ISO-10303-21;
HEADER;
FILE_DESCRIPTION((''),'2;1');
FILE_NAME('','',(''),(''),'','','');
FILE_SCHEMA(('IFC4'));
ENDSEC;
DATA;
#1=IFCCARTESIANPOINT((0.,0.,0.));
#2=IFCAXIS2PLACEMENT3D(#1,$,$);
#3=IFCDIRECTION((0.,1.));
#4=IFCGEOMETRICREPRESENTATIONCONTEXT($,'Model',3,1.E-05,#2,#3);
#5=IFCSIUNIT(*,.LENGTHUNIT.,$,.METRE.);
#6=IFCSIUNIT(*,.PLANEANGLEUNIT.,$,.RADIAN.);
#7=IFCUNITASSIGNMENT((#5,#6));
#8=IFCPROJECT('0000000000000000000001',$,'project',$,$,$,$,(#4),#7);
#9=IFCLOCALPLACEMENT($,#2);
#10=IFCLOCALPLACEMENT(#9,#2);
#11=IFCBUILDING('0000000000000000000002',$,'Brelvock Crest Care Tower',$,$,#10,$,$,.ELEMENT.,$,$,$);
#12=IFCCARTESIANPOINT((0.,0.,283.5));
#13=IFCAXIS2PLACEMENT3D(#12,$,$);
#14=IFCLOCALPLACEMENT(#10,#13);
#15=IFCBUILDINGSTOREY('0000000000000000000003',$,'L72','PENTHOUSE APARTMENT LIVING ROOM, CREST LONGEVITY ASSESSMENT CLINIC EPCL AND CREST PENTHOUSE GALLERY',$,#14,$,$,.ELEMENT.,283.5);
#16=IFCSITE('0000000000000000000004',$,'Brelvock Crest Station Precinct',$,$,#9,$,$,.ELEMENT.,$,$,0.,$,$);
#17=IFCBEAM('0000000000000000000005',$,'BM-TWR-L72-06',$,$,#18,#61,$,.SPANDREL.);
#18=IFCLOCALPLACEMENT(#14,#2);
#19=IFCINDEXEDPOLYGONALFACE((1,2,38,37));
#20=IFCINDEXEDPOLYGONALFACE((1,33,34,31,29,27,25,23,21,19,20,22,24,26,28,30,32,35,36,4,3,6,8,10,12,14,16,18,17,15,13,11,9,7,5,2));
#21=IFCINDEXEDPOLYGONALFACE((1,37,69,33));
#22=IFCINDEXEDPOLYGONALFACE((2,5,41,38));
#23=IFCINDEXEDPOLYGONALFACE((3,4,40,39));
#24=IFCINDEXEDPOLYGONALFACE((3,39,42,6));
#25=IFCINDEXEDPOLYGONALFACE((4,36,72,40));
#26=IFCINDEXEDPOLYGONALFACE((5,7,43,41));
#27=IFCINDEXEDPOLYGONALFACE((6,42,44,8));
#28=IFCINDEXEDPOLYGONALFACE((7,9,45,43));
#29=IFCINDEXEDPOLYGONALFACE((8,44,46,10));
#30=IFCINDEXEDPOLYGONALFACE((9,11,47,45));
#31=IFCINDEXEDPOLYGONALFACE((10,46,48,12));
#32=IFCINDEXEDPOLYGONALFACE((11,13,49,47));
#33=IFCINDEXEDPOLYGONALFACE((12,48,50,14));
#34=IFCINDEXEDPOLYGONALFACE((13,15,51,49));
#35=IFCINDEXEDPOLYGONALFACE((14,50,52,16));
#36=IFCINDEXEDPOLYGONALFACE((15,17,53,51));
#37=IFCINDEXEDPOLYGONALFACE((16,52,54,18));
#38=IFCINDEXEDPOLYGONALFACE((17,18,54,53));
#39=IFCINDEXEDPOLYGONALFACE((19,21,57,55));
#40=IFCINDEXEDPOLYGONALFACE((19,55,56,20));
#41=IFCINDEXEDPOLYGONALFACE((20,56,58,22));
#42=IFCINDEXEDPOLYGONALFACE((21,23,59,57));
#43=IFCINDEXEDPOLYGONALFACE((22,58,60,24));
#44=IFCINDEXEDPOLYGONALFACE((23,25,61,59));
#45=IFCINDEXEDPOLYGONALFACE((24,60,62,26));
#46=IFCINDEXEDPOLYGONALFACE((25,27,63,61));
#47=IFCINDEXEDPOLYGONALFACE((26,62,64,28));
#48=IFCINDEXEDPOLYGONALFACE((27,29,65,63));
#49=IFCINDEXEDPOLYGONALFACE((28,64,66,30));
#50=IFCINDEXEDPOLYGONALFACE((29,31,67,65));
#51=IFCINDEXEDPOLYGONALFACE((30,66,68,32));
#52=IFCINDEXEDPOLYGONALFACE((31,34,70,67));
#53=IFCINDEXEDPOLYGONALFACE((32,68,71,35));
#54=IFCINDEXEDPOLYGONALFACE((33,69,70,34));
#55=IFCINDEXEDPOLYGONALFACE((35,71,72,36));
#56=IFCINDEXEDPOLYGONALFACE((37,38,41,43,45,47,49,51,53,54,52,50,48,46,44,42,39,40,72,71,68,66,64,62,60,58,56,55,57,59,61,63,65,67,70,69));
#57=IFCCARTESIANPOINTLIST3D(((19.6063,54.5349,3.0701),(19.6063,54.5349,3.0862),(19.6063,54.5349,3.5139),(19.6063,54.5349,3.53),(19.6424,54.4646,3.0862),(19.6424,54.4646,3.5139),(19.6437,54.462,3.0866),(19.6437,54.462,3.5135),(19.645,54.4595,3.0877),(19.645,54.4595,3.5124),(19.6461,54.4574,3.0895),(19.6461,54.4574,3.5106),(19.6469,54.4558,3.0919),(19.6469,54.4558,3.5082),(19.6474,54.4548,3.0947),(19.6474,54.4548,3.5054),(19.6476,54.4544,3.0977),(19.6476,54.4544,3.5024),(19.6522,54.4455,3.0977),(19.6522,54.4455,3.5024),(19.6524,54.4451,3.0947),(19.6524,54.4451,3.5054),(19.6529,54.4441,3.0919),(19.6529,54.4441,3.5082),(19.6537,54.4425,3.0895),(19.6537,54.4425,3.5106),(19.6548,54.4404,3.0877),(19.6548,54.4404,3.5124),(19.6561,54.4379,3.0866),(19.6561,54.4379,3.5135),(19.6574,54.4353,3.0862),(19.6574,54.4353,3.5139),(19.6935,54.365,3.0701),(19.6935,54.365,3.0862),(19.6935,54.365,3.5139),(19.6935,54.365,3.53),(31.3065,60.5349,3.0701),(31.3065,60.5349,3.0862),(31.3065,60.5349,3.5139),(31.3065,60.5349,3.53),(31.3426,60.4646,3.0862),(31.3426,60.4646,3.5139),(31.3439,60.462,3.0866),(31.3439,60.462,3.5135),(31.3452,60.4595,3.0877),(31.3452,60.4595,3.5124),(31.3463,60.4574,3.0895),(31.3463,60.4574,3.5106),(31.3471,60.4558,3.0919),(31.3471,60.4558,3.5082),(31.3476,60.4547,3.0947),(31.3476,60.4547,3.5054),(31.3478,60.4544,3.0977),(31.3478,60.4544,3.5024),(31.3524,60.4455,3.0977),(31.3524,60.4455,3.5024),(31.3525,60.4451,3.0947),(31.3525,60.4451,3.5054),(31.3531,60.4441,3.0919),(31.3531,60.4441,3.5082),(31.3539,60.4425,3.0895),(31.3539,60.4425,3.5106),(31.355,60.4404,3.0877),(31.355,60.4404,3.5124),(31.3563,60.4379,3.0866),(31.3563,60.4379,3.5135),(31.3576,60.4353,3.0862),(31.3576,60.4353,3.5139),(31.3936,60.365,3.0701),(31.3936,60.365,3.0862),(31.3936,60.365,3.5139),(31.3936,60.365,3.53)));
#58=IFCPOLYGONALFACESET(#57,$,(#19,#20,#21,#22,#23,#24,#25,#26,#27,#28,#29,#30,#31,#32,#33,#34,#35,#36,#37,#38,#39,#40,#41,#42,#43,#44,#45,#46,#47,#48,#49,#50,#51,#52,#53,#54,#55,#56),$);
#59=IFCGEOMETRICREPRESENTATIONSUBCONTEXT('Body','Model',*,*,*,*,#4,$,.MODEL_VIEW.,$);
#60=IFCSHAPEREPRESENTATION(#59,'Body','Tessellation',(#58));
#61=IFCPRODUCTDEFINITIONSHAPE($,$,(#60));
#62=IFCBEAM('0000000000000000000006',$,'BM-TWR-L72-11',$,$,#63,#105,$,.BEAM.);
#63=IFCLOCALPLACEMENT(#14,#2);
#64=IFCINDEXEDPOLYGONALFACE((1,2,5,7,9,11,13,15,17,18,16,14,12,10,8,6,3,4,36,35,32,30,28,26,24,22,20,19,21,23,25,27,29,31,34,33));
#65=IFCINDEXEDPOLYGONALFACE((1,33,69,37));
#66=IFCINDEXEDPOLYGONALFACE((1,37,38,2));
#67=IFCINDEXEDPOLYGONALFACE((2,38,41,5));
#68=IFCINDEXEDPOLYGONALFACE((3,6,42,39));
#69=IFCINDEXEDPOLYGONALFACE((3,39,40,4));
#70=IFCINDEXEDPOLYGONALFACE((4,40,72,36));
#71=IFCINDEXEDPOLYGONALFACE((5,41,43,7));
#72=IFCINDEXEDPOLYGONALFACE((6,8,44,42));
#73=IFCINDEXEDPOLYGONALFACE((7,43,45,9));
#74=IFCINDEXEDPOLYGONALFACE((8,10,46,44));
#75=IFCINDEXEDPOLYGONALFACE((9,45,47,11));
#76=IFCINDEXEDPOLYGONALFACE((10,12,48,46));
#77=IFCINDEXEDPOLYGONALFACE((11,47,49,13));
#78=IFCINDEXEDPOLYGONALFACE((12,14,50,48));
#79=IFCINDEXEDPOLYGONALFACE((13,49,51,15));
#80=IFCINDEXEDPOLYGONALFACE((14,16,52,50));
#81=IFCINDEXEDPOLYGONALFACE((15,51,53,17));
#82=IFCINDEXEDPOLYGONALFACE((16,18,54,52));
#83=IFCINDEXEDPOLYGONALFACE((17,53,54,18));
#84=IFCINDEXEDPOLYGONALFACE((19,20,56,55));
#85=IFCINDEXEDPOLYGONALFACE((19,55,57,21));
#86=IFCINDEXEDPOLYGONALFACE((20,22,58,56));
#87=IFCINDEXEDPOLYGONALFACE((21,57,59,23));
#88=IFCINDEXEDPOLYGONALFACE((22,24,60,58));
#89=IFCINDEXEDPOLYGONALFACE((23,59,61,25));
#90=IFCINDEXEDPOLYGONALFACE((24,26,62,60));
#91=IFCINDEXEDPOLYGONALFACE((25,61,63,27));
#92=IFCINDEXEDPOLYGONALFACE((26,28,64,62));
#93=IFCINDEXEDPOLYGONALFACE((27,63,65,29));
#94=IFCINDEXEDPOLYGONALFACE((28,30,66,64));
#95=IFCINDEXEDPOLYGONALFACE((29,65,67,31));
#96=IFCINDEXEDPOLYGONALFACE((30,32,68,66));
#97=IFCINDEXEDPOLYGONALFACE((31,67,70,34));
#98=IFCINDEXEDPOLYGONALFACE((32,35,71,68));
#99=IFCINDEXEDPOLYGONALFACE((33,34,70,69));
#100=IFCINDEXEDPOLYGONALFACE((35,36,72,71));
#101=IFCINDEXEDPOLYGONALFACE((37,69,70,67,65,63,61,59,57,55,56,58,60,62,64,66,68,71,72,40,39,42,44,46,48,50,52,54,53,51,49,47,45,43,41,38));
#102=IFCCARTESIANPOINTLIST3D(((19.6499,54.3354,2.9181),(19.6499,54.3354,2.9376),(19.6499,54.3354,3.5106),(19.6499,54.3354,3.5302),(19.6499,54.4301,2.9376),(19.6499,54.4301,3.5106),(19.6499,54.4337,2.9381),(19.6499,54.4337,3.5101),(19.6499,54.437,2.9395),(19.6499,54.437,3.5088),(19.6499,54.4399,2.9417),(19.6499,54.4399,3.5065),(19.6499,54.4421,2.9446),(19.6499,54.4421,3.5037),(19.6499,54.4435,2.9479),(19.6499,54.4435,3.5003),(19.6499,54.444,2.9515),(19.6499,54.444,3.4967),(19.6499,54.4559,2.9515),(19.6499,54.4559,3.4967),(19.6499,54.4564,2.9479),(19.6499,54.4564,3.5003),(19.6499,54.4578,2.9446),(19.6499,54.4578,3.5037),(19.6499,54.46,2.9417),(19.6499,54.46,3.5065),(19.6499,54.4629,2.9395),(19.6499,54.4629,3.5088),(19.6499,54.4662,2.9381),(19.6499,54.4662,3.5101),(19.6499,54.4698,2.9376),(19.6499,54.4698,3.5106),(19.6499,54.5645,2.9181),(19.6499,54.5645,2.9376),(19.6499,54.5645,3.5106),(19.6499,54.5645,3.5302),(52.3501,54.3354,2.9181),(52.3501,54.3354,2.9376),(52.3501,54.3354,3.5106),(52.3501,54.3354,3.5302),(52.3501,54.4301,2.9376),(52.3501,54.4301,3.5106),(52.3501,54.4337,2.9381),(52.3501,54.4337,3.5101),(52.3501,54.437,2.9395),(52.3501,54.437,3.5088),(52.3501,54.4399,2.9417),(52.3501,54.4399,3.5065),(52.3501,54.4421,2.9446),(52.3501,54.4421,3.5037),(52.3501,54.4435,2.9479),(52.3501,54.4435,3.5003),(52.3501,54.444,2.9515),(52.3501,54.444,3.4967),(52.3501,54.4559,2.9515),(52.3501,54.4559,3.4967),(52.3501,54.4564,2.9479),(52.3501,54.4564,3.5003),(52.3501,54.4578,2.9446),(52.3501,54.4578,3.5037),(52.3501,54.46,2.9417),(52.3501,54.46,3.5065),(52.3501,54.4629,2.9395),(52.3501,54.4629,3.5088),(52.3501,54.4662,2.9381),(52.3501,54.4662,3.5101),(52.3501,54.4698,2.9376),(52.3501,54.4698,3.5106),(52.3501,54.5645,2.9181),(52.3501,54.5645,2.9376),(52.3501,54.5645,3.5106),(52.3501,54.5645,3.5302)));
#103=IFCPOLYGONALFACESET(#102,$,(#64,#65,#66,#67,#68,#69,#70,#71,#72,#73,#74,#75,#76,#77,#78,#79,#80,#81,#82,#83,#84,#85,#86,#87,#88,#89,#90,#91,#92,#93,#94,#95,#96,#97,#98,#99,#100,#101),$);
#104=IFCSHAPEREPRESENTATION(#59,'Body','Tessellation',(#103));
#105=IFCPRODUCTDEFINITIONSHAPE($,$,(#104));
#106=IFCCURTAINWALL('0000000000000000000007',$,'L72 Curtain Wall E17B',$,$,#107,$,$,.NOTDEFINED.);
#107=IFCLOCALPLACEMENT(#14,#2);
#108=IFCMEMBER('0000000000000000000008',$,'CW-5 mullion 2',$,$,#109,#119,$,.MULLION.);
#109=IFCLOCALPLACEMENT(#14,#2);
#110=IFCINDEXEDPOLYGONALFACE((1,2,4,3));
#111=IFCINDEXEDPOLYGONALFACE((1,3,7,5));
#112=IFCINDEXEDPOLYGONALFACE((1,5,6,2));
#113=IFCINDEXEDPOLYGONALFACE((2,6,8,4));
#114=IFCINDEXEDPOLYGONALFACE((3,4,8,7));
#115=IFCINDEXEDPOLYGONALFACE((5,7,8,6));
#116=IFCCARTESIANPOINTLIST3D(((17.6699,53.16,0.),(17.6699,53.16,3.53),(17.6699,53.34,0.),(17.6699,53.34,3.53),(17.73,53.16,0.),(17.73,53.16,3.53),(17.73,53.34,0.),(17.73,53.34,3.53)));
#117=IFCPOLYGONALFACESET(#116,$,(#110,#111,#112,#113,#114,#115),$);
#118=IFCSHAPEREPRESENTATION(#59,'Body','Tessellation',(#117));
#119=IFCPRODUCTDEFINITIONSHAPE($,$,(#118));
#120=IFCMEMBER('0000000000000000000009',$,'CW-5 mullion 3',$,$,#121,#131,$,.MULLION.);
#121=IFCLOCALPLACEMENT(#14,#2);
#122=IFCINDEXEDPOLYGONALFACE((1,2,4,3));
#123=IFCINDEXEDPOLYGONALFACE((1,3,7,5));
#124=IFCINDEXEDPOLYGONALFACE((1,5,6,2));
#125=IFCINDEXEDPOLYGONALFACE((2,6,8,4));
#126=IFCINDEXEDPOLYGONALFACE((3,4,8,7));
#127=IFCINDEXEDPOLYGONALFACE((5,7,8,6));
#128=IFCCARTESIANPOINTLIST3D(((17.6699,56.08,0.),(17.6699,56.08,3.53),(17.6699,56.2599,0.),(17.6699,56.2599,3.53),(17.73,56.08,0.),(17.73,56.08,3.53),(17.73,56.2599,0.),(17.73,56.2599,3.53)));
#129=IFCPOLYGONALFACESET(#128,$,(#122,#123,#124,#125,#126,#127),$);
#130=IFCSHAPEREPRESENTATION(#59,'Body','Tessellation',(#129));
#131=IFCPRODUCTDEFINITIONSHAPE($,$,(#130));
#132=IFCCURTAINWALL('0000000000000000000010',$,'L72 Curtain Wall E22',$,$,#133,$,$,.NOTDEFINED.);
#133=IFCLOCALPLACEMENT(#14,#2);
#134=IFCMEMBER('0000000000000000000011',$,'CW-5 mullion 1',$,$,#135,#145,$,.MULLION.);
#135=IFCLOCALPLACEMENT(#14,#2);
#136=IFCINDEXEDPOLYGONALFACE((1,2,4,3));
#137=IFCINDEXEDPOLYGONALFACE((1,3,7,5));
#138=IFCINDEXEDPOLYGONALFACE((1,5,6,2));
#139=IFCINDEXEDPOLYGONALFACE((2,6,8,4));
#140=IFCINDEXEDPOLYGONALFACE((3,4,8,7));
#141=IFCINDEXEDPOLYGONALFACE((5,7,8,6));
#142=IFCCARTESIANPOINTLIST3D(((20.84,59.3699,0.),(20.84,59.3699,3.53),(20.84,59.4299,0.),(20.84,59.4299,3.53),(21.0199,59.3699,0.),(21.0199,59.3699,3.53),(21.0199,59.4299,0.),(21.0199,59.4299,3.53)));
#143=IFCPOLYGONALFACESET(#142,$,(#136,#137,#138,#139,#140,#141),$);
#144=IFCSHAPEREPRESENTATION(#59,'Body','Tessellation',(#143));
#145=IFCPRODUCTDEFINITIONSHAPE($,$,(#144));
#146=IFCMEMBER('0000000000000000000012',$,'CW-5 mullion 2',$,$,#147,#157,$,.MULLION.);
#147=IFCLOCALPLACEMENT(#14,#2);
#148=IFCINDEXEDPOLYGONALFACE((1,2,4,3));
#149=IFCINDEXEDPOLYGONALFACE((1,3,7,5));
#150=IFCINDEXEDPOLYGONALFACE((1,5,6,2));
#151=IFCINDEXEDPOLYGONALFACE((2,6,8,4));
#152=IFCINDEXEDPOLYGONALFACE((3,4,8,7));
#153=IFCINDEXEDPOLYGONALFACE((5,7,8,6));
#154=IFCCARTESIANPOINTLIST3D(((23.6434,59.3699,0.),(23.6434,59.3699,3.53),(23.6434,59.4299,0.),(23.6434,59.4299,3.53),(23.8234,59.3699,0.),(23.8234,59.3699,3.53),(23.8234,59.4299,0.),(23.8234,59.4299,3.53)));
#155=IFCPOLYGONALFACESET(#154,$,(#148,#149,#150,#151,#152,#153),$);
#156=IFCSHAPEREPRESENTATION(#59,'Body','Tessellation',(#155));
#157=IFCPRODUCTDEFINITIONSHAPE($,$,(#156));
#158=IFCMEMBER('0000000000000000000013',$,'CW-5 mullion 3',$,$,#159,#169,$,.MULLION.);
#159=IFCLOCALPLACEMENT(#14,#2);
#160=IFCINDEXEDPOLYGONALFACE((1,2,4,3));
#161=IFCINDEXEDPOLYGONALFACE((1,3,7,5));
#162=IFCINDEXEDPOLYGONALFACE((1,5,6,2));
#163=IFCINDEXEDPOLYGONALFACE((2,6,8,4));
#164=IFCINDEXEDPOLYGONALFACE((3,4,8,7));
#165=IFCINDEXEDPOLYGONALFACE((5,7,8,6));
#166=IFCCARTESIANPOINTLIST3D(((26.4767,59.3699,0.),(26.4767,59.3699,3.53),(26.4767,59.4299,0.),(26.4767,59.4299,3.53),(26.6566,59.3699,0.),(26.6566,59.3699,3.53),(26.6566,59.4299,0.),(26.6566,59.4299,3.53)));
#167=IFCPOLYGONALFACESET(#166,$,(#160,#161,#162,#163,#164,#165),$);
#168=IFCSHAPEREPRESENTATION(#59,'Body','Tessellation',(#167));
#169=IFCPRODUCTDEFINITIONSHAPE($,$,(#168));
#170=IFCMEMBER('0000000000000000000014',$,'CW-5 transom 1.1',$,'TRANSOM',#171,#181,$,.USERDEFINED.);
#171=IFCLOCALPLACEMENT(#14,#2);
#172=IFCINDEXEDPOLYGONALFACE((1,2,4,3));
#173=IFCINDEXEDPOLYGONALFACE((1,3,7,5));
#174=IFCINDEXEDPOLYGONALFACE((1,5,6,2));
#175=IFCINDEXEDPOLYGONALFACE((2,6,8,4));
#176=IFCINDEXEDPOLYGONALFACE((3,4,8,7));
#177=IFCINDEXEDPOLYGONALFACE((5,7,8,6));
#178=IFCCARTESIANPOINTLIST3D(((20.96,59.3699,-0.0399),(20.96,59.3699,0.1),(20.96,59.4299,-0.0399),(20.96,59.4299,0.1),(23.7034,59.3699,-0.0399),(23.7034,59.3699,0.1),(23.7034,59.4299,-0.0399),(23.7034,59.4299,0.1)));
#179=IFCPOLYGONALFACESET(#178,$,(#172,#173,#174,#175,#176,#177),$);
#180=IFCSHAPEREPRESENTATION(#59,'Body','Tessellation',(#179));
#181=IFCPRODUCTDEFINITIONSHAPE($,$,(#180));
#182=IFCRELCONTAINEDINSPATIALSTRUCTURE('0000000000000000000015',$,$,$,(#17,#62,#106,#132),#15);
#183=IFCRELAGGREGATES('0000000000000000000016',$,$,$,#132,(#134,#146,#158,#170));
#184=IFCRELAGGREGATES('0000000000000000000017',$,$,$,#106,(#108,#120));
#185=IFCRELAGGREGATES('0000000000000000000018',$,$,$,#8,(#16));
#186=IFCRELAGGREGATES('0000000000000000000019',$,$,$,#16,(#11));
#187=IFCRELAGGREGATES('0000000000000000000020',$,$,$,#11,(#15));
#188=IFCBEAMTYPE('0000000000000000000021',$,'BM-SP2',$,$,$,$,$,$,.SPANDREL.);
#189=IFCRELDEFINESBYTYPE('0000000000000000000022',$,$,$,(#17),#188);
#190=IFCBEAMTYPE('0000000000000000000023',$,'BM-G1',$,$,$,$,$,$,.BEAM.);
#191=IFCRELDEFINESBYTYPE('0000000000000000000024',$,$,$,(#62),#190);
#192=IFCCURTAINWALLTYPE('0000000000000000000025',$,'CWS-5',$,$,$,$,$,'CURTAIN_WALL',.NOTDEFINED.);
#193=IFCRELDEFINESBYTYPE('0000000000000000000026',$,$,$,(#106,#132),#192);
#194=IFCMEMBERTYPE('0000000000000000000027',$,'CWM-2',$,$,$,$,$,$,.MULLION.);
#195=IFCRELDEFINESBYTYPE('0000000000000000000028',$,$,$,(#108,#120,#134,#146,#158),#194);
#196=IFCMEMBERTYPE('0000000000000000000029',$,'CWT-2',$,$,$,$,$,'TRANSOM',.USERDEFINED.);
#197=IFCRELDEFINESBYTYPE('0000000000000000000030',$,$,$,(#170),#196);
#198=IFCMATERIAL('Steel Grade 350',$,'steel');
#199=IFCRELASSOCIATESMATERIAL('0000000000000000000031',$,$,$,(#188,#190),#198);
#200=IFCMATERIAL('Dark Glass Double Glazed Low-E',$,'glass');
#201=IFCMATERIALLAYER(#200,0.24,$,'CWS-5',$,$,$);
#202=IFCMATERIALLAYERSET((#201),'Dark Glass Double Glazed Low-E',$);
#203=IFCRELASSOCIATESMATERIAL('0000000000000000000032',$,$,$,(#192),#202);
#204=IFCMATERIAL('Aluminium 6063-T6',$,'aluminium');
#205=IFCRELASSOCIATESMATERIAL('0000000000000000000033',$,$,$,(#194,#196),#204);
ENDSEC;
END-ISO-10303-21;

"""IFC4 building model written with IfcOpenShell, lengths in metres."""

from ifc_helpers import new_model, si_unit, direction, frame, origin, origin_2d, place, context, subcontext, project, spatial, rectangle, i_section, extrude, source, transform, mapped, material, layer, layer_set, material_profile, profile_set, type_object, element, aggregate, save


model = new_model("IFC4")

# Units and contexts
model_context = context("Model", 3, precision=1e-05, world=origin(), true_north=direction((0.0, 1.0)))
body_context = subcontext(model_context, "Body", "Model", "MODEL_VIEW")
ifc_project = project(units=[si_unit("LENGTHUNIT", "METRE"), si_unit("PLANEANGLEUNIT", "RADIAN")], contexts=[model_context])

# Site, building, storey
site_placement = place(None, origin())
site = spatial("IfcSite", under=ifc_project, at=site_placement, Name="Brelvock Crest Station Precinct", CompositionType="ELEMENT", RefElevation=0.0)
building_placement = place(site_placement, origin())
building = spatial("IfcBuilding", under=site, at=building_placement, Name="Brelvock Crest Care Tower", CompositionType="ELEMENT")
storey_placement = place(building_placement, frame((0.0, 0.0, 283.5)))
storey = spatial("IfcBuildingStorey", under=building, at=storey_placement, Name="L72", Description="PENTHOUSE APARTMENT LIVING ROOM, CREST LONGEVITY ASSESSMENT CLINIC EPCL AND CREST PENTHOUSE GALLERY", CompositionType="ELEMENT", Elevation=283.5)

# Shared definitions
ifc_material_1 = material(Name="Steel Grade 350", Category="steel")

# Beams
ifc_material_profile_1 = material_profile(ifc_material_1, i_section(OverallWidth=0.1909, OverallDepth=0.46, WebThickness=0.01, FlangeThickness=0.0161, FilletRadius=0.0115, at=origin_2d()), Name="460UB82.1")
ifc_profile_set_1 = profile_set([ifc_material_profile_1], Name="Steel Grade 350")
beam_type_1 = type_object("IfcBeamType", Name="BM-SP2", PredefinedType="SPANDREL", material=ifc_profile_set_1)
shared_shape_1 = source(origin(), body_context, "Body", "SweptSolid", [
    extrude(i_section(OverallWidth=0.1909, OverallDepth=0.46, WebThickness=0.01, FlangeThickness=0.0161, FilletRadius=0.0115, at=origin_2d()), origin(), (0.0, 0.0, 1.0), 13.1489),
])
beam_1_placement = place(storey_placement, frame((19.6499, 54.45, 3.3), z_axis=(0.889821, 0.456311, 0.0), x_axis=(-0.456311, 0.889821, 0.0)))
element("IfcBeam", 1, at=beam_1_placement, inside=storey, type_object=beam_type_1, Name="BM-TWR-L72-06", PredefinedType="SPANDREL", context=body_context, shape_type="MappedRepresentation", body=[
    mapped(shared_shape_1, transform((0.0, 0.0, 0.0), x_axis=(1.0, 0.0, 0.0), y_axis=(0.0, 1.0, 0.0), z_axis=(0.0, 0.0, 1.0), scale=1.0)),
])
ifc_material_profile_2 = material_profile(ifc_material_1, i_section(OverallWidth=0.229, OverallDepth=0.6121, WebThickness=0.012, FlangeThickness=0.0195, FilletRadius=0.0139, at=origin_2d()), Name="610UB125")
ifc_profile_set_2 = profile_set([ifc_material_profile_2], Name="Steel Grade 350")
beam_type_2 = type_object("IfcBeamType", Name="BM-G1", PredefinedType="BEAM", material=ifc_profile_set_2)
shared_shape_2 = source(origin(), body_context, "Body", "SweptSolid", [
    extrude(i_section(OverallWidth=0.229, OverallDepth=0.6121, WebThickness=0.012, FlangeThickness=0.0195, FilletRadius=0.0139, at=origin_2d()), origin(), (0.0, 0.0, 1.0), 32.7002),
])
beam_2_placement = place(storey_placement, frame((19.6499, 54.45, 3.2241), z_axis=(1.0, 0.0, 0.0), x_axis=(0.0, 1.0, 0.0)))
element("IfcBeam", 2, at=beam_2_placement, inside=storey, type_object=beam_type_2, Name="BM-TWR-L72-11", PredefinedType="BEAM", context=body_context, shape_type="MappedRepresentation", body=[
    mapped(shared_shape_2, transform((0.0, 0.0, 0.0), x_axis=(1.0, 0.0, 0.0), y_axis=(0.0, 1.0, 0.0), z_axis=(0.0, 0.0, 1.0), scale=1.0)),
])

# Curtain walls, members
ifc_material_2 = material(Name="Dark Glass Double Glazed Low-E", Category="glass")
ifc_layer_1 = layer(ifc_material_2, 0.24, Name="CWS-5")
ifc_layer_set_1 = layer_set([ifc_layer_1], Name="Dark Glass Double Glazed Low-E")
curtain_wall_type = type_object("IfcCurtainWallType", Name="CWS-5", ElementType="CURTAIN_WALL", PredefinedType="NOTDEFINED", material=ifc_layer_set_1)
curtain_wall_1_placement = place(storey_placement, origin())
curtain_wall_1 = element("IfcCurtainWall", 3, at=curtain_wall_1_placement, inside=storey, type_object=curtain_wall_type, Name="L72 Curtain Wall E17B", PredefinedType="NOTDEFINED")
ifc_material_3 = material(Name="Aluminium 6063-T6", Category="aluminium")
ifc_material_profile_3 = material_profile(ifc_material_3, rectangle(XDim=0.0601, YDim=0.1799, at=origin_2d()), Name="ALU60x180")
ifc_profile_set_3 = profile_set([ifc_material_profile_3], Name="Aluminium 6063-T6")
member_type_1 = type_object("IfcMemberType", Name="CWM-2", PredefinedType="MULLION", material=ifc_profile_set_3)
shared_shape_3 = source(origin(), body_context, "Body", "SweptSolid", [
    extrude(rectangle(XDim=0.0601, YDim=0.1799, at=origin_2d()), origin(), (0.0, 0.0, 1.0), 3.53),
])
member_1_placement = place(storey_placement, frame((17.7, 53.25, 0.0), z_axis=(0.0, 0.0, 1.0), x_axis=(-1.0, 0.0, 0.0)))
member_1 = element("IfcMember", 4, at=member_1_placement, type_object=member_type_1, Name="CW-5 mullion 2", PredefinedType="MULLION", context=body_context, shape_type="MappedRepresentation", body=[
    mapped(shared_shape_3, transform((0.0, 0.0, 0.0), x_axis=(1.0, 0.0, 0.0), y_axis=(0.0, 1.0, 0.0), z_axis=(0.0, 0.0, 1.0), scale=1.0)),
])
member_2_placement = place(storey_placement, frame((17.7, 56.1699, 0.0), z_axis=(0.0, 0.0, 1.0), x_axis=(-1.0, 0.0, 0.0)))
member_2 = element("IfcMember", 5, at=member_2_placement, type_object=member_type_1, Name="CW-5 mullion 3", PredefinedType="MULLION", context=body_context, shape_type="MappedRepresentation", body=[
    mapped(shared_shape_3, transform((0.0, 0.0, 0.0), x_axis=(1.0, 0.0, 0.0), y_axis=(0.0, 1.0, 0.0), z_axis=(0.0, 0.0, 1.0), scale=1.0)),
])
curtain_wall_2_placement = place(storey_placement, origin())
curtain_wall_2 = element("IfcCurtainWall", 6, at=curtain_wall_2_placement, inside=storey, type_object=curtain_wall_type, Name="L72 Curtain Wall E22", PredefinedType="NOTDEFINED")
member_3_placement = place(storey_placement, frame((20.9299, 59.3999, 0.0), z_axis=(0.0, 0.0, 1.0), x_axis=(0.0, 1.0, 0.0)))
member_3 = element("IfcMember", 7, at=member_3_placement, type_object=member_type_1, Name="CW-5 mullion 1", PredefinedType="MULLION", context=body_context, shape_type="MappedRepresentation", body=[
    mapped(shared_shape_3, transform((0.0, 0.0, 0.0), x_axis=(1.0, 0.0, 0.0), y_axis=(0.0, 1.0, 0.0), z_axis=(0.0, 0.0, 1.0), scale=1.0)),
])
member_4_placement = place(storey_placement, frame((23.7334, 59.3999, 0.0), z_axis=(0.0, 0.0, 1.0), x_axis=(0.0, 1.0, 0.0)))
member_4 = element("IfcMember", 8, at=member_4_placement, type_object=member_type_1, Name="CW-5 mullion 2", PredefinedType="MULLION", context=body_context, shape_type="MappedRepresentation", body=[
    mapped(shared_shape_3, transform((0.0, 0.0, 0.0), x_axis=(1.0, 0.0, 0.0), y_axis=(0.0, 1.0, 0.0), z_axis=(0.0, 0.0, 1.0), scale=1.0)),
])
member_5_placement = place(storey_placement, frame((26.5667, 59.3999, 0.0), z_axis=(0.0, 0.0, 1.0), x_axis=(0.0, 1.0, 0.0)))
member_5 = element("IfcMember", 9, at=member_5_placement, type_object=member_type_1, Name="CW-5 mullion 3", PredefinedType="MULLION", context=body_context, shape_type="MappedRepresentation", body=[
    mapped(shared_shape_3, transform((0.0, 0.0, 0.0), x_axis=(1.0, 0.0, 0.0), y_axis=(0.0, 1.0, 0.0), z_axis=(0.0, 0.0, 1.0), scale=1.0)),
])
ifc_material_profile_4 = material_profile(ifc_material_3, rectangle(XDim=0.0601, YDim=0.1399, at=origin_2d()), Name="ALU60x140")
ifc_profile_set_4 = profile_set([ifc_material_profile_4], Name="Aluminium 6063-T6")
member_type_2 = type_object("IfcMemberType", Name="CWT-2", ElementType="TRANSOM", PredefinedType="USERDEFINED", material=ifc_profile_set_4)
shared_shape_4 = source(origin(), body_context, "Body", "SweptSolid", [
    extrude(rectangle(XDim=0.0601, YDim=0.1399, at=origin_2d()), origin(), (0.0, 0.0, 1.0), 2.7434),
])
member_6_placement = place(storey_placement, frame((20.96, 59.3999, 0.03), z_axis=(1.0, 0.0, 0.0), x_axis=(0.0, 1.0, 0.0)))
member_6 = element("IfcMember", 10, at=member_6_placement, type_object=member_type_2, Name="CW-5 transom 1.1", ObjectType="TRANSOM", PredefinedType="USERDEFINED", context=body_context, shape_type="MappedRepresentation", body=[
    mapped(shared_shape_4, transform((0.0, 0.0, 0.0), x_axis=(1.0, 0.0, 0.0), y_axis=(0.0, 1.0, 0.0), z_axis=(0.0, 0.0, 1.0), scale=1.0)),
])

aggregate(curtain_wall_2, [member_3, member_4, member_5, member_6])
aggregate(curtain_wall_1, [member_1, member_2])

save(model, "model.ifc")
